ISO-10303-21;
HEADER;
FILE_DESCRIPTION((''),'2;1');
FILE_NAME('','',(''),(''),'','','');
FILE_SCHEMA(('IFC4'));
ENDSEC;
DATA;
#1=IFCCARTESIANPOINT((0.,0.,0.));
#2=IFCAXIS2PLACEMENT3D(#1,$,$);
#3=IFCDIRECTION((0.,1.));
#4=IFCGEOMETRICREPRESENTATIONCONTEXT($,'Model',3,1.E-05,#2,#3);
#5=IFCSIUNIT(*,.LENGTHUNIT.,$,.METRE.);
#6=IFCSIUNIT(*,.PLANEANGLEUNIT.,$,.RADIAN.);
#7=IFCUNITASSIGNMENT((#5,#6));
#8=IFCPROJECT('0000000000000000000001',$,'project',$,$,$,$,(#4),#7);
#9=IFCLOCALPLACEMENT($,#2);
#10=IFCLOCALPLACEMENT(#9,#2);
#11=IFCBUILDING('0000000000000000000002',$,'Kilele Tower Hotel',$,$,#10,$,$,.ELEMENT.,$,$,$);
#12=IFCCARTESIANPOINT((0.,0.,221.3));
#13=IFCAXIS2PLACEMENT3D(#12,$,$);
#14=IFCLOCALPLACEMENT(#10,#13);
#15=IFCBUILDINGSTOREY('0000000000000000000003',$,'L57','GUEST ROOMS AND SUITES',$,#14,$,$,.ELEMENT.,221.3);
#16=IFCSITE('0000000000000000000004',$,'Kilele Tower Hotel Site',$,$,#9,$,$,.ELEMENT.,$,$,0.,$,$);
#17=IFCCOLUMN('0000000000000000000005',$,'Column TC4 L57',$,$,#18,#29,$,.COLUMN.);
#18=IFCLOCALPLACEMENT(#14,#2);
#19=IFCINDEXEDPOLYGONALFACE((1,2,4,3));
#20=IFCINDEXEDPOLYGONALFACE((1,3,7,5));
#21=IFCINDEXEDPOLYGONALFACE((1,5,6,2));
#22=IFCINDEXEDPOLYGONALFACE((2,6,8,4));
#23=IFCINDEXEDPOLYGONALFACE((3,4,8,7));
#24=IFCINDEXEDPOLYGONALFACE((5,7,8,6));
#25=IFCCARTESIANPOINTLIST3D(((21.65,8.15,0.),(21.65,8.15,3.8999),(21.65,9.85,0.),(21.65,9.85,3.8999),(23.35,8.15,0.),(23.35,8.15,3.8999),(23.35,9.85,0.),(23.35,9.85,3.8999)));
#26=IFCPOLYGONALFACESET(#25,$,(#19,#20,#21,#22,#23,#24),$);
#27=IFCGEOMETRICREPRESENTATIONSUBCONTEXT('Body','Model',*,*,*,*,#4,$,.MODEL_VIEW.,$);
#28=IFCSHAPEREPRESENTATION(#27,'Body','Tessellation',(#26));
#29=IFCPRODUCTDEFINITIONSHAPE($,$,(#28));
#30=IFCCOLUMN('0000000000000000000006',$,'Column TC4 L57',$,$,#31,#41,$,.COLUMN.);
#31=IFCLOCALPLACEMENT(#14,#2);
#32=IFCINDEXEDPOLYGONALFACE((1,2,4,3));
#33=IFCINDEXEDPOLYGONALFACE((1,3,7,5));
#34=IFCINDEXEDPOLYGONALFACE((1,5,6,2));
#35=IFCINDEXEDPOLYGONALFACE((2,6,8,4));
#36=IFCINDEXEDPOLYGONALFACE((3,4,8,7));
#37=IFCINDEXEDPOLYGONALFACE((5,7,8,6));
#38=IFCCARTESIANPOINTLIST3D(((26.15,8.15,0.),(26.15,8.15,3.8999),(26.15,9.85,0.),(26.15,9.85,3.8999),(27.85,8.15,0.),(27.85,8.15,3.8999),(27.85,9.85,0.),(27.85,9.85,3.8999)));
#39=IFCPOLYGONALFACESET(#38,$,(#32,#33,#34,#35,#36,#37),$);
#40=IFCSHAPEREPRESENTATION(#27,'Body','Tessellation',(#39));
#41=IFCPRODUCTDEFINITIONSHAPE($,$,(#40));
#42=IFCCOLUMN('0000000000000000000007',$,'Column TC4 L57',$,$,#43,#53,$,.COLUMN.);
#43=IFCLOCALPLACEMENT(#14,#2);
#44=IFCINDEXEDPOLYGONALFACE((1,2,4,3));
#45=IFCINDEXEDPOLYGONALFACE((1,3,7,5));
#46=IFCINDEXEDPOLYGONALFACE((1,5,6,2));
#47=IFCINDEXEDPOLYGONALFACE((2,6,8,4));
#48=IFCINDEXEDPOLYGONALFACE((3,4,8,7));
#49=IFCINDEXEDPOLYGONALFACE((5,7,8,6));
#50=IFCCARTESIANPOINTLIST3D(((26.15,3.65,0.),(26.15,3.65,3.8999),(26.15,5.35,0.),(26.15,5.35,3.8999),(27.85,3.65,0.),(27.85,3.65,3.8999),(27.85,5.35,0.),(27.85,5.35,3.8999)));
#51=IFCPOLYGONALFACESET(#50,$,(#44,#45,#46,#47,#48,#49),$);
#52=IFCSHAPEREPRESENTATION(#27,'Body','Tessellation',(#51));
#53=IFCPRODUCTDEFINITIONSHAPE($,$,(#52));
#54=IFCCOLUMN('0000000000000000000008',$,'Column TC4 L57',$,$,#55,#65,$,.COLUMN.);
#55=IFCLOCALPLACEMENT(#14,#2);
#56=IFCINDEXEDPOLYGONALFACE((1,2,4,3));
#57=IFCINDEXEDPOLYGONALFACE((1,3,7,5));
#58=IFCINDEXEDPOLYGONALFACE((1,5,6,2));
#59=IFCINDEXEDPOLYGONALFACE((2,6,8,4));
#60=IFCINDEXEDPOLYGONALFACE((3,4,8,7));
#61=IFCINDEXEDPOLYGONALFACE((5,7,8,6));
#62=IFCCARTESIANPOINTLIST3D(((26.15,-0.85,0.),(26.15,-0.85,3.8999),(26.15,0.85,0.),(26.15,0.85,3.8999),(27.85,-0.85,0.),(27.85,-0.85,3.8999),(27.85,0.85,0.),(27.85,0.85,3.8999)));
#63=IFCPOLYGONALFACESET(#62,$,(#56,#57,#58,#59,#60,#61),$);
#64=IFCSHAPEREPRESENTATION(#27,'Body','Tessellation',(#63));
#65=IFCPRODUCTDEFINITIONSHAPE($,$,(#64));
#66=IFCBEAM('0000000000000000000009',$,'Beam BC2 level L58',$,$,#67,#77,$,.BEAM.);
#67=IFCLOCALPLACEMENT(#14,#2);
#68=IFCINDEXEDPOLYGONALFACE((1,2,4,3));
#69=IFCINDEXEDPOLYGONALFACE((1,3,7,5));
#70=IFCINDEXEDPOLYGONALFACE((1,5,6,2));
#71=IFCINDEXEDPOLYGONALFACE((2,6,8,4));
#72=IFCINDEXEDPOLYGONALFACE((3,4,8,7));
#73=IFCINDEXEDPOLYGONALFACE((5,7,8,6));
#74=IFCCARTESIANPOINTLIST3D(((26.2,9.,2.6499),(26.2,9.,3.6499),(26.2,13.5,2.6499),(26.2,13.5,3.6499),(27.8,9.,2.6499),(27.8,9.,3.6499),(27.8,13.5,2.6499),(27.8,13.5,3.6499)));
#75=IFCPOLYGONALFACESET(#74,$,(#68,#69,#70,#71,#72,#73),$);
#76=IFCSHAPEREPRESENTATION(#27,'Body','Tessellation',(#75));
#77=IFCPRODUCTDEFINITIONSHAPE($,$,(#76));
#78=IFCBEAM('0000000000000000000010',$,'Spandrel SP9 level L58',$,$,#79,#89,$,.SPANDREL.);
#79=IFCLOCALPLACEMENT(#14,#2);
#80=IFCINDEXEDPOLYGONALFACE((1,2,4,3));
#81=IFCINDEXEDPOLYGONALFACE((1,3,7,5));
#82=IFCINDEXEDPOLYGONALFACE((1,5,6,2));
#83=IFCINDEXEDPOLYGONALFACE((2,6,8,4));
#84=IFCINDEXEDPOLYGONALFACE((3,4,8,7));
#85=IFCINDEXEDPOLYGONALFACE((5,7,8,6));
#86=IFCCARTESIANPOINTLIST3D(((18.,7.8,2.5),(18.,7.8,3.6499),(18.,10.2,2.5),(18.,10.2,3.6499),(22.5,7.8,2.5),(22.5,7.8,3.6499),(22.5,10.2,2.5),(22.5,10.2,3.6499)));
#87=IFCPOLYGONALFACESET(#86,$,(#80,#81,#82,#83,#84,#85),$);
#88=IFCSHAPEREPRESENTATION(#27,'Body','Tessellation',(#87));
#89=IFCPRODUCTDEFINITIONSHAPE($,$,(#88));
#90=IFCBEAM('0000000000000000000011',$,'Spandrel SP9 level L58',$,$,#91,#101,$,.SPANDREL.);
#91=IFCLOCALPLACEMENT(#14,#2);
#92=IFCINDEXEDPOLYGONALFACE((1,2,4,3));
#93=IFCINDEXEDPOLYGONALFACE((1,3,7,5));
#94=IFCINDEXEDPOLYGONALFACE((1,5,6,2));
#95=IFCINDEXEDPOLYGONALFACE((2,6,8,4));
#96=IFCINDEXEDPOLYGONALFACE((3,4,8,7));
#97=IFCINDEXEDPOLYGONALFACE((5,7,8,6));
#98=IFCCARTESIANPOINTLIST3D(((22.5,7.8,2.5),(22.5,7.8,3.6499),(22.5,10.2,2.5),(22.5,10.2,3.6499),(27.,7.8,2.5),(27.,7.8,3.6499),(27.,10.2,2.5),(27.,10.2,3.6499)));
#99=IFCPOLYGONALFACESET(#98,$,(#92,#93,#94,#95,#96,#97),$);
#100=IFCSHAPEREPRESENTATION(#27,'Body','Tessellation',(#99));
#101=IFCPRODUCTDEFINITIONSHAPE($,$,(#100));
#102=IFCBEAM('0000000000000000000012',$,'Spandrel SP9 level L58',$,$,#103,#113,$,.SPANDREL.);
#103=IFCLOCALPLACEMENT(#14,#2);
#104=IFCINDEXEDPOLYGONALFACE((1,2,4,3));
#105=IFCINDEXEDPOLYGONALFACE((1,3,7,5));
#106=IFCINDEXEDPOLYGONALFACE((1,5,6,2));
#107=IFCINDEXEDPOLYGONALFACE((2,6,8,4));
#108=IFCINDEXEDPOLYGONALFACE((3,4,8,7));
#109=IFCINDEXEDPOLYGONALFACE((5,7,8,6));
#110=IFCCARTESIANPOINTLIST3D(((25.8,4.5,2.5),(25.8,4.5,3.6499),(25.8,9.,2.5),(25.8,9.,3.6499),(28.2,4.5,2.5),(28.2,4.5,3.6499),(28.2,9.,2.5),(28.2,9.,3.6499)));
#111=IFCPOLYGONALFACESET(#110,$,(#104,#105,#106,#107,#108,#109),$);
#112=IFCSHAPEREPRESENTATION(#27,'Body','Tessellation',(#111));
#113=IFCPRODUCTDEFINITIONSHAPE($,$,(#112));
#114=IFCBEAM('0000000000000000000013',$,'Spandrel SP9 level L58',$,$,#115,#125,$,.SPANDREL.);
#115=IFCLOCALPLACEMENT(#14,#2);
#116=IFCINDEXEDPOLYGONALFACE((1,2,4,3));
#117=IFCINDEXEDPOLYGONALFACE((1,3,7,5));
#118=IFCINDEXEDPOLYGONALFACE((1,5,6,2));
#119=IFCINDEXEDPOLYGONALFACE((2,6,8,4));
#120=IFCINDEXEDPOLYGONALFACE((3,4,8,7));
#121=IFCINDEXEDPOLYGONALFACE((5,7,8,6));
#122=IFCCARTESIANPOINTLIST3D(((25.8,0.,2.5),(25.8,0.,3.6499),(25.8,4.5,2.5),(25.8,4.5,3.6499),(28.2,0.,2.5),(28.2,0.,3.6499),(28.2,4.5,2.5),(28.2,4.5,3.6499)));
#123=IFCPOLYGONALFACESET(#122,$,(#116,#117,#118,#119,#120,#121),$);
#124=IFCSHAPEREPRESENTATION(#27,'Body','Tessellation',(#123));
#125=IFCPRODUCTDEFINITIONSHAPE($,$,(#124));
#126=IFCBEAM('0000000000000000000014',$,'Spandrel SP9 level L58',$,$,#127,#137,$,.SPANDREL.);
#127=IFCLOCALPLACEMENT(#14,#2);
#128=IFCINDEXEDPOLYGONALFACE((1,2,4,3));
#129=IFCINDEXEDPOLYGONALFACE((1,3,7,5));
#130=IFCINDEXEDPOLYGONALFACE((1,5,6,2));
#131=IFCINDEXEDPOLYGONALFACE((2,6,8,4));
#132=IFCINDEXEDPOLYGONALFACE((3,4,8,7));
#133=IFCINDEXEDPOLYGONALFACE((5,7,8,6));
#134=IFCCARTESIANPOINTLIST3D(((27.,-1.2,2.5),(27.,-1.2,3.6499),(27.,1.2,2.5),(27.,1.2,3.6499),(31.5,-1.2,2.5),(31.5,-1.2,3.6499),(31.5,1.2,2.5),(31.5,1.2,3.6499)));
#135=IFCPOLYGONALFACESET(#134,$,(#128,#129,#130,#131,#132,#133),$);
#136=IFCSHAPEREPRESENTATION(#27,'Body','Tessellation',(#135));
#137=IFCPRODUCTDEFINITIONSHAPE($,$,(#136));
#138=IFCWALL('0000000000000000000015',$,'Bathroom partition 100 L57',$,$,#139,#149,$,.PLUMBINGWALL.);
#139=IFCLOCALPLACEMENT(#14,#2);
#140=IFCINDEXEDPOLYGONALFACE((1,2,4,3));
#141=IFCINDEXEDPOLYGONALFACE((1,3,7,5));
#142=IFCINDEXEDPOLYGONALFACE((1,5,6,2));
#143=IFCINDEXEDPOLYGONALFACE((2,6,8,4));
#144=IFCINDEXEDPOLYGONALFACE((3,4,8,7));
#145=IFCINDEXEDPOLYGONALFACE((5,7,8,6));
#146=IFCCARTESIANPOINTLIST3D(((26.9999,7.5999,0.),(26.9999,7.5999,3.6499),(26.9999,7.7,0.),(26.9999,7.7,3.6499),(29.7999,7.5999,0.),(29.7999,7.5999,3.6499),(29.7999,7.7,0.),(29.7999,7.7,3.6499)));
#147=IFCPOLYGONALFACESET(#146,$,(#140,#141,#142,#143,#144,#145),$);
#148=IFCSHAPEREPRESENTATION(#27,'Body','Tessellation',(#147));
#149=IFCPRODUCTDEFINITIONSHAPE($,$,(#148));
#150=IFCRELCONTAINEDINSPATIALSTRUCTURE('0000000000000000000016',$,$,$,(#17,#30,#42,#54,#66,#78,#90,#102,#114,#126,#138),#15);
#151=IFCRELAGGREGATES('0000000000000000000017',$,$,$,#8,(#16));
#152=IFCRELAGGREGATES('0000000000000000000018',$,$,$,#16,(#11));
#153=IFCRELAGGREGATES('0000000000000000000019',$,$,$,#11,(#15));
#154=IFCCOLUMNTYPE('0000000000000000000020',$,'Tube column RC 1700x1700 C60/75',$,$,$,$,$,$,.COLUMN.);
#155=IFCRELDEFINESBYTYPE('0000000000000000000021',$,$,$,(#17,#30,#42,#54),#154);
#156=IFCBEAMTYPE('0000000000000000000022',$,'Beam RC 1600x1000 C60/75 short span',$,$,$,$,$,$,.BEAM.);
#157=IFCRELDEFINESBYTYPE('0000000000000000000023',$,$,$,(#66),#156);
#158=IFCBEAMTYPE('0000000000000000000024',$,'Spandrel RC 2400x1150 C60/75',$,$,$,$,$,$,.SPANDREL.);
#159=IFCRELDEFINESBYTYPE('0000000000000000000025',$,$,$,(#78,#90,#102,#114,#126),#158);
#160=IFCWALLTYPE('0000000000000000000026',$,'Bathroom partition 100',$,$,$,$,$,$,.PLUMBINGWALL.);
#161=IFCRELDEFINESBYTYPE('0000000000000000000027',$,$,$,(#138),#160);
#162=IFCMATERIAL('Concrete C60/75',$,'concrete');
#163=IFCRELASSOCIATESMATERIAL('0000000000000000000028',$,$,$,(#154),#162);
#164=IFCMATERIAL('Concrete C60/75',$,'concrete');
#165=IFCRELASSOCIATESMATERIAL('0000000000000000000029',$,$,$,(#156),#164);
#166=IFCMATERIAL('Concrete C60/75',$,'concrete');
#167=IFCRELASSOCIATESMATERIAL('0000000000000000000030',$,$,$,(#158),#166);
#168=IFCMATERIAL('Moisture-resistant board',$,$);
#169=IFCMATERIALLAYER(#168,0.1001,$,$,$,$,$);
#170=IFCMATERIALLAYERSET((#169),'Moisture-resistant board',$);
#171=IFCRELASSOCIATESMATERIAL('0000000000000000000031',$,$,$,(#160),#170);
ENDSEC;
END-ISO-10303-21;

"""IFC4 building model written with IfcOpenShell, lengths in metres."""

from ifc_helpers import new_model, si_unit, direction, frame, frame_2d, origin, origin_2d, place, context, subcontext, project, spatial, rectangle, extrude, material, layer, layer_set, material_profile, profile_set, type_object, element, save


model = new_model("IFC4")

# Units and contexts
model_context = context("Model", 3, precision=1e-05, world=origin(), true_north=direction((0.0, 1.0)))
body_context = subcontext(model_context, "Body", "Model", "MODEL_VIEW")
ifc_project = project(units=[si_unit("LENGTHUNIT", "METRE"), si_unit("PLANEANGLEUNIT", "RADIAN")], contexts=[model_context])

# Site, building, storey
site_placement = place(None, origin())
site = spatial("IfcSite", under=ifc_project, at=site_placement, Name="Kilele Tower Hotel Site", CompositionType="ELEMENT", RefElevation=0.0)
building_placement = place(site_placement, origin())
building = spatial("IfcBuilding", under=site, at=building_placement, Name="Kilele Tower Hotel", CompositionType="ELEMENT")
storey_placement = place(building_placement, frame((0.0, 0.0, 221.3)))
storey = spatial("IfcBuildingStorey", under=building, at=storey_placement, Name="L57", Description="GUEST ROOMS AND SUITES", CompositionType="ELEMENT", Elevation=221.3)

# Columns
ifc_material_1 = material(Name="Concrete C60/75", Category="concrete")
ifc_material_profile_1 = material_profile(ifc_material_1, rectangle(XDim=1.7, YDim=1.7, at=origin_2d()))
ifc_profile_set_1 = profile_set([ifc_material_profile_1], Name="Concrete C60/75")
column_type = type_object("IfcColumnType", Name="Tube column RC 1700x1700 C60/75", PredefinedType="COLUMN", material=ifc_profile_set_1)
for number, where, z_axis, x_axis, name in (
    (1, (22.5, 9.0, 0.0), (0.0, 0.0, 1.0), (1.0, 0.0, 0.0), "Column TC4 L57"),
    (2, (27.0, 9.0, 0.0), (0.0, 0.0, 1.0), (1.0, 0.0, 0.0), "Column TC4 L57"),
    (3, (27.0, 4.5, 0.0), (0.0, 0.0, 1.0), (1.0, 0.0, 0.0), "Column TC4 L57"),
    (4, (27.0, 0.0, 0.0), (0.0, 0.0, 1.0), (1.0, 0.0, 0.0), "Column TC4 L57"),
):
    element("IfcColumn", number, at=place(storey_placement, frame(where, z_axis=z_axis, x_axis=x_axis)), inside=storey, type_object=column_type, Name=name, PredefinedType="COLUMN", context=body_context, shape_type="SweptSolid", body=[
        extrude(rectangle(XDim=1.7, YDim=1.7, at=origin_2d()), origin(), (0.0, 0.0, 1.0), 3.8999),
    ])

# Beams
ifc_material_2 = material(Name="Concrete C60/75", Category="concrete")
ifc_material_profile_2 = material_profile(ifc_material_2, rectangle(XDim=1.6001, YDim=1.0, at=origin_2d()))
ifc_profile_set_2 = profile_set([ifc_material_profile_2], Name="Concrete C60/75")
beam_type_1 = type_object("IfcBeamType", Name="Beam RC 1600x1000 C60/75 short span", PredefinedType="BEAM", material=ifc_profile_set_2)
beam_placement = place(storey_placement, frame((27.0, 9.0, 3.1499), z_axis=(0.0, 1.0, 0.0), x_axis=(-1.0, 0.0, 0.0)))
element("IfcBeam", 5, at=beam_placement, inside=storey, type_object=beam_type_1, Name="Beam BC2 level L58", PredefinedType="BEAM", context=body_context, shape_type="SweptSolid", body=[
    extrude(rectangle(XDim=1.6001, YDim=1.0, at=origin_2d()), origin(), (0.0, 0.0, 1.0), 4.5),
])
ifc_material_3 = material(Name="Concrete C60/75", Category="concrete")
ifc_material_profile_3 = material_profile(ifc_material_3, rectangle(XDim=2.3999, YDim=1.1499, at=origin_2d()))
ifc_profile_set_3 = profile_set([ifc_material_profile_3], Name="Concrete C60/75")
beam_type_2 = type_object("IfcBeamType", Name="Spandrel RC 2400x1150 C60/75", PredefinedType="SPANDREL", material=ifc_profile_set_3)
for number, where, z_axis, x_axis, name in (
    (6, (18.0, 9.0, 3.075), (1.0, 0.0, 0.0), (0.0, 1.0, 0.0), "Spandrel SP9 level L58"),
    (7, (22.5, 9.0, 3.075), (1.0, 0.0, 0.0), (0.0, 1.0, 0.0), "Spandrel SP9 level L58"),
    (8, (27.0, 9.0, 3.075), (0.0, -1.0, 0.0), (1.0, 0.0, 0.0), "Spandrel SP9 level L58"),
    (9, (27.0, 4.5, 3.075), (0.0, -1.0, 0.0), (1.0, 0.0, 0.0), "Spandrel SP9 level L58"),
    (10, (27.0, 0.0, 3.075), (1.0, 0.0, 0.0), (0.0, 1.0, 0.0), "Spandrel SP9 level L58"),
):
    element("IfcBeam", number, at=place(storey_placement, frame(where, z_axis=z_axis, x_axis=x_axis)), inside=storey, type_object=beam_type_2, Name=name, PredefinedType="SPANDREL", context=body_context, shape_type="SweptSolid", body=[
        extrude(rectangle(XDim=2.3999, YDim=1.1499, at=origin_2d()), origin(), (0.0, 0.0, 1.0), 4.5),
    ])

# Wall
ifc_material_4 = material(Name="Moisture-resistant board")
ifc_layer_1 = layer(ifc_material_4, 0.1001)
ifc_layer_set_1 = layer_set([ifc_layer_1], Name="Moisture-resistant board")
wall_type_1 = type_object("IfcWallType", Name="Bathroom partition 100", PredefinedType="PLUMBINGWALL", material=ifc_layer_set_1)
wall_1_placement = place(storey_placement, frame((27.0, 7.6499, 0.0), z_axis=(0.0, 0.0, 1.0), x_axis=(1.0, 0.0, 0.0)))
element("IfcWall", 11, at=wall_1_placement, inside=storey, type_object=wall_type_1, Name="Bathroom partition 100 L57", PredefinedType="PLUMBINGWALL", context=body_context, shape_type="SweptSolid", body=[
    extrude(rectangle(XDim=2.8, YDim=0.1001, at=frame_2d((1.3999, 0.0))), origin(), (0.0, 0.0, 1.0), 3.6499),
])

save(model, "model.ifc")
